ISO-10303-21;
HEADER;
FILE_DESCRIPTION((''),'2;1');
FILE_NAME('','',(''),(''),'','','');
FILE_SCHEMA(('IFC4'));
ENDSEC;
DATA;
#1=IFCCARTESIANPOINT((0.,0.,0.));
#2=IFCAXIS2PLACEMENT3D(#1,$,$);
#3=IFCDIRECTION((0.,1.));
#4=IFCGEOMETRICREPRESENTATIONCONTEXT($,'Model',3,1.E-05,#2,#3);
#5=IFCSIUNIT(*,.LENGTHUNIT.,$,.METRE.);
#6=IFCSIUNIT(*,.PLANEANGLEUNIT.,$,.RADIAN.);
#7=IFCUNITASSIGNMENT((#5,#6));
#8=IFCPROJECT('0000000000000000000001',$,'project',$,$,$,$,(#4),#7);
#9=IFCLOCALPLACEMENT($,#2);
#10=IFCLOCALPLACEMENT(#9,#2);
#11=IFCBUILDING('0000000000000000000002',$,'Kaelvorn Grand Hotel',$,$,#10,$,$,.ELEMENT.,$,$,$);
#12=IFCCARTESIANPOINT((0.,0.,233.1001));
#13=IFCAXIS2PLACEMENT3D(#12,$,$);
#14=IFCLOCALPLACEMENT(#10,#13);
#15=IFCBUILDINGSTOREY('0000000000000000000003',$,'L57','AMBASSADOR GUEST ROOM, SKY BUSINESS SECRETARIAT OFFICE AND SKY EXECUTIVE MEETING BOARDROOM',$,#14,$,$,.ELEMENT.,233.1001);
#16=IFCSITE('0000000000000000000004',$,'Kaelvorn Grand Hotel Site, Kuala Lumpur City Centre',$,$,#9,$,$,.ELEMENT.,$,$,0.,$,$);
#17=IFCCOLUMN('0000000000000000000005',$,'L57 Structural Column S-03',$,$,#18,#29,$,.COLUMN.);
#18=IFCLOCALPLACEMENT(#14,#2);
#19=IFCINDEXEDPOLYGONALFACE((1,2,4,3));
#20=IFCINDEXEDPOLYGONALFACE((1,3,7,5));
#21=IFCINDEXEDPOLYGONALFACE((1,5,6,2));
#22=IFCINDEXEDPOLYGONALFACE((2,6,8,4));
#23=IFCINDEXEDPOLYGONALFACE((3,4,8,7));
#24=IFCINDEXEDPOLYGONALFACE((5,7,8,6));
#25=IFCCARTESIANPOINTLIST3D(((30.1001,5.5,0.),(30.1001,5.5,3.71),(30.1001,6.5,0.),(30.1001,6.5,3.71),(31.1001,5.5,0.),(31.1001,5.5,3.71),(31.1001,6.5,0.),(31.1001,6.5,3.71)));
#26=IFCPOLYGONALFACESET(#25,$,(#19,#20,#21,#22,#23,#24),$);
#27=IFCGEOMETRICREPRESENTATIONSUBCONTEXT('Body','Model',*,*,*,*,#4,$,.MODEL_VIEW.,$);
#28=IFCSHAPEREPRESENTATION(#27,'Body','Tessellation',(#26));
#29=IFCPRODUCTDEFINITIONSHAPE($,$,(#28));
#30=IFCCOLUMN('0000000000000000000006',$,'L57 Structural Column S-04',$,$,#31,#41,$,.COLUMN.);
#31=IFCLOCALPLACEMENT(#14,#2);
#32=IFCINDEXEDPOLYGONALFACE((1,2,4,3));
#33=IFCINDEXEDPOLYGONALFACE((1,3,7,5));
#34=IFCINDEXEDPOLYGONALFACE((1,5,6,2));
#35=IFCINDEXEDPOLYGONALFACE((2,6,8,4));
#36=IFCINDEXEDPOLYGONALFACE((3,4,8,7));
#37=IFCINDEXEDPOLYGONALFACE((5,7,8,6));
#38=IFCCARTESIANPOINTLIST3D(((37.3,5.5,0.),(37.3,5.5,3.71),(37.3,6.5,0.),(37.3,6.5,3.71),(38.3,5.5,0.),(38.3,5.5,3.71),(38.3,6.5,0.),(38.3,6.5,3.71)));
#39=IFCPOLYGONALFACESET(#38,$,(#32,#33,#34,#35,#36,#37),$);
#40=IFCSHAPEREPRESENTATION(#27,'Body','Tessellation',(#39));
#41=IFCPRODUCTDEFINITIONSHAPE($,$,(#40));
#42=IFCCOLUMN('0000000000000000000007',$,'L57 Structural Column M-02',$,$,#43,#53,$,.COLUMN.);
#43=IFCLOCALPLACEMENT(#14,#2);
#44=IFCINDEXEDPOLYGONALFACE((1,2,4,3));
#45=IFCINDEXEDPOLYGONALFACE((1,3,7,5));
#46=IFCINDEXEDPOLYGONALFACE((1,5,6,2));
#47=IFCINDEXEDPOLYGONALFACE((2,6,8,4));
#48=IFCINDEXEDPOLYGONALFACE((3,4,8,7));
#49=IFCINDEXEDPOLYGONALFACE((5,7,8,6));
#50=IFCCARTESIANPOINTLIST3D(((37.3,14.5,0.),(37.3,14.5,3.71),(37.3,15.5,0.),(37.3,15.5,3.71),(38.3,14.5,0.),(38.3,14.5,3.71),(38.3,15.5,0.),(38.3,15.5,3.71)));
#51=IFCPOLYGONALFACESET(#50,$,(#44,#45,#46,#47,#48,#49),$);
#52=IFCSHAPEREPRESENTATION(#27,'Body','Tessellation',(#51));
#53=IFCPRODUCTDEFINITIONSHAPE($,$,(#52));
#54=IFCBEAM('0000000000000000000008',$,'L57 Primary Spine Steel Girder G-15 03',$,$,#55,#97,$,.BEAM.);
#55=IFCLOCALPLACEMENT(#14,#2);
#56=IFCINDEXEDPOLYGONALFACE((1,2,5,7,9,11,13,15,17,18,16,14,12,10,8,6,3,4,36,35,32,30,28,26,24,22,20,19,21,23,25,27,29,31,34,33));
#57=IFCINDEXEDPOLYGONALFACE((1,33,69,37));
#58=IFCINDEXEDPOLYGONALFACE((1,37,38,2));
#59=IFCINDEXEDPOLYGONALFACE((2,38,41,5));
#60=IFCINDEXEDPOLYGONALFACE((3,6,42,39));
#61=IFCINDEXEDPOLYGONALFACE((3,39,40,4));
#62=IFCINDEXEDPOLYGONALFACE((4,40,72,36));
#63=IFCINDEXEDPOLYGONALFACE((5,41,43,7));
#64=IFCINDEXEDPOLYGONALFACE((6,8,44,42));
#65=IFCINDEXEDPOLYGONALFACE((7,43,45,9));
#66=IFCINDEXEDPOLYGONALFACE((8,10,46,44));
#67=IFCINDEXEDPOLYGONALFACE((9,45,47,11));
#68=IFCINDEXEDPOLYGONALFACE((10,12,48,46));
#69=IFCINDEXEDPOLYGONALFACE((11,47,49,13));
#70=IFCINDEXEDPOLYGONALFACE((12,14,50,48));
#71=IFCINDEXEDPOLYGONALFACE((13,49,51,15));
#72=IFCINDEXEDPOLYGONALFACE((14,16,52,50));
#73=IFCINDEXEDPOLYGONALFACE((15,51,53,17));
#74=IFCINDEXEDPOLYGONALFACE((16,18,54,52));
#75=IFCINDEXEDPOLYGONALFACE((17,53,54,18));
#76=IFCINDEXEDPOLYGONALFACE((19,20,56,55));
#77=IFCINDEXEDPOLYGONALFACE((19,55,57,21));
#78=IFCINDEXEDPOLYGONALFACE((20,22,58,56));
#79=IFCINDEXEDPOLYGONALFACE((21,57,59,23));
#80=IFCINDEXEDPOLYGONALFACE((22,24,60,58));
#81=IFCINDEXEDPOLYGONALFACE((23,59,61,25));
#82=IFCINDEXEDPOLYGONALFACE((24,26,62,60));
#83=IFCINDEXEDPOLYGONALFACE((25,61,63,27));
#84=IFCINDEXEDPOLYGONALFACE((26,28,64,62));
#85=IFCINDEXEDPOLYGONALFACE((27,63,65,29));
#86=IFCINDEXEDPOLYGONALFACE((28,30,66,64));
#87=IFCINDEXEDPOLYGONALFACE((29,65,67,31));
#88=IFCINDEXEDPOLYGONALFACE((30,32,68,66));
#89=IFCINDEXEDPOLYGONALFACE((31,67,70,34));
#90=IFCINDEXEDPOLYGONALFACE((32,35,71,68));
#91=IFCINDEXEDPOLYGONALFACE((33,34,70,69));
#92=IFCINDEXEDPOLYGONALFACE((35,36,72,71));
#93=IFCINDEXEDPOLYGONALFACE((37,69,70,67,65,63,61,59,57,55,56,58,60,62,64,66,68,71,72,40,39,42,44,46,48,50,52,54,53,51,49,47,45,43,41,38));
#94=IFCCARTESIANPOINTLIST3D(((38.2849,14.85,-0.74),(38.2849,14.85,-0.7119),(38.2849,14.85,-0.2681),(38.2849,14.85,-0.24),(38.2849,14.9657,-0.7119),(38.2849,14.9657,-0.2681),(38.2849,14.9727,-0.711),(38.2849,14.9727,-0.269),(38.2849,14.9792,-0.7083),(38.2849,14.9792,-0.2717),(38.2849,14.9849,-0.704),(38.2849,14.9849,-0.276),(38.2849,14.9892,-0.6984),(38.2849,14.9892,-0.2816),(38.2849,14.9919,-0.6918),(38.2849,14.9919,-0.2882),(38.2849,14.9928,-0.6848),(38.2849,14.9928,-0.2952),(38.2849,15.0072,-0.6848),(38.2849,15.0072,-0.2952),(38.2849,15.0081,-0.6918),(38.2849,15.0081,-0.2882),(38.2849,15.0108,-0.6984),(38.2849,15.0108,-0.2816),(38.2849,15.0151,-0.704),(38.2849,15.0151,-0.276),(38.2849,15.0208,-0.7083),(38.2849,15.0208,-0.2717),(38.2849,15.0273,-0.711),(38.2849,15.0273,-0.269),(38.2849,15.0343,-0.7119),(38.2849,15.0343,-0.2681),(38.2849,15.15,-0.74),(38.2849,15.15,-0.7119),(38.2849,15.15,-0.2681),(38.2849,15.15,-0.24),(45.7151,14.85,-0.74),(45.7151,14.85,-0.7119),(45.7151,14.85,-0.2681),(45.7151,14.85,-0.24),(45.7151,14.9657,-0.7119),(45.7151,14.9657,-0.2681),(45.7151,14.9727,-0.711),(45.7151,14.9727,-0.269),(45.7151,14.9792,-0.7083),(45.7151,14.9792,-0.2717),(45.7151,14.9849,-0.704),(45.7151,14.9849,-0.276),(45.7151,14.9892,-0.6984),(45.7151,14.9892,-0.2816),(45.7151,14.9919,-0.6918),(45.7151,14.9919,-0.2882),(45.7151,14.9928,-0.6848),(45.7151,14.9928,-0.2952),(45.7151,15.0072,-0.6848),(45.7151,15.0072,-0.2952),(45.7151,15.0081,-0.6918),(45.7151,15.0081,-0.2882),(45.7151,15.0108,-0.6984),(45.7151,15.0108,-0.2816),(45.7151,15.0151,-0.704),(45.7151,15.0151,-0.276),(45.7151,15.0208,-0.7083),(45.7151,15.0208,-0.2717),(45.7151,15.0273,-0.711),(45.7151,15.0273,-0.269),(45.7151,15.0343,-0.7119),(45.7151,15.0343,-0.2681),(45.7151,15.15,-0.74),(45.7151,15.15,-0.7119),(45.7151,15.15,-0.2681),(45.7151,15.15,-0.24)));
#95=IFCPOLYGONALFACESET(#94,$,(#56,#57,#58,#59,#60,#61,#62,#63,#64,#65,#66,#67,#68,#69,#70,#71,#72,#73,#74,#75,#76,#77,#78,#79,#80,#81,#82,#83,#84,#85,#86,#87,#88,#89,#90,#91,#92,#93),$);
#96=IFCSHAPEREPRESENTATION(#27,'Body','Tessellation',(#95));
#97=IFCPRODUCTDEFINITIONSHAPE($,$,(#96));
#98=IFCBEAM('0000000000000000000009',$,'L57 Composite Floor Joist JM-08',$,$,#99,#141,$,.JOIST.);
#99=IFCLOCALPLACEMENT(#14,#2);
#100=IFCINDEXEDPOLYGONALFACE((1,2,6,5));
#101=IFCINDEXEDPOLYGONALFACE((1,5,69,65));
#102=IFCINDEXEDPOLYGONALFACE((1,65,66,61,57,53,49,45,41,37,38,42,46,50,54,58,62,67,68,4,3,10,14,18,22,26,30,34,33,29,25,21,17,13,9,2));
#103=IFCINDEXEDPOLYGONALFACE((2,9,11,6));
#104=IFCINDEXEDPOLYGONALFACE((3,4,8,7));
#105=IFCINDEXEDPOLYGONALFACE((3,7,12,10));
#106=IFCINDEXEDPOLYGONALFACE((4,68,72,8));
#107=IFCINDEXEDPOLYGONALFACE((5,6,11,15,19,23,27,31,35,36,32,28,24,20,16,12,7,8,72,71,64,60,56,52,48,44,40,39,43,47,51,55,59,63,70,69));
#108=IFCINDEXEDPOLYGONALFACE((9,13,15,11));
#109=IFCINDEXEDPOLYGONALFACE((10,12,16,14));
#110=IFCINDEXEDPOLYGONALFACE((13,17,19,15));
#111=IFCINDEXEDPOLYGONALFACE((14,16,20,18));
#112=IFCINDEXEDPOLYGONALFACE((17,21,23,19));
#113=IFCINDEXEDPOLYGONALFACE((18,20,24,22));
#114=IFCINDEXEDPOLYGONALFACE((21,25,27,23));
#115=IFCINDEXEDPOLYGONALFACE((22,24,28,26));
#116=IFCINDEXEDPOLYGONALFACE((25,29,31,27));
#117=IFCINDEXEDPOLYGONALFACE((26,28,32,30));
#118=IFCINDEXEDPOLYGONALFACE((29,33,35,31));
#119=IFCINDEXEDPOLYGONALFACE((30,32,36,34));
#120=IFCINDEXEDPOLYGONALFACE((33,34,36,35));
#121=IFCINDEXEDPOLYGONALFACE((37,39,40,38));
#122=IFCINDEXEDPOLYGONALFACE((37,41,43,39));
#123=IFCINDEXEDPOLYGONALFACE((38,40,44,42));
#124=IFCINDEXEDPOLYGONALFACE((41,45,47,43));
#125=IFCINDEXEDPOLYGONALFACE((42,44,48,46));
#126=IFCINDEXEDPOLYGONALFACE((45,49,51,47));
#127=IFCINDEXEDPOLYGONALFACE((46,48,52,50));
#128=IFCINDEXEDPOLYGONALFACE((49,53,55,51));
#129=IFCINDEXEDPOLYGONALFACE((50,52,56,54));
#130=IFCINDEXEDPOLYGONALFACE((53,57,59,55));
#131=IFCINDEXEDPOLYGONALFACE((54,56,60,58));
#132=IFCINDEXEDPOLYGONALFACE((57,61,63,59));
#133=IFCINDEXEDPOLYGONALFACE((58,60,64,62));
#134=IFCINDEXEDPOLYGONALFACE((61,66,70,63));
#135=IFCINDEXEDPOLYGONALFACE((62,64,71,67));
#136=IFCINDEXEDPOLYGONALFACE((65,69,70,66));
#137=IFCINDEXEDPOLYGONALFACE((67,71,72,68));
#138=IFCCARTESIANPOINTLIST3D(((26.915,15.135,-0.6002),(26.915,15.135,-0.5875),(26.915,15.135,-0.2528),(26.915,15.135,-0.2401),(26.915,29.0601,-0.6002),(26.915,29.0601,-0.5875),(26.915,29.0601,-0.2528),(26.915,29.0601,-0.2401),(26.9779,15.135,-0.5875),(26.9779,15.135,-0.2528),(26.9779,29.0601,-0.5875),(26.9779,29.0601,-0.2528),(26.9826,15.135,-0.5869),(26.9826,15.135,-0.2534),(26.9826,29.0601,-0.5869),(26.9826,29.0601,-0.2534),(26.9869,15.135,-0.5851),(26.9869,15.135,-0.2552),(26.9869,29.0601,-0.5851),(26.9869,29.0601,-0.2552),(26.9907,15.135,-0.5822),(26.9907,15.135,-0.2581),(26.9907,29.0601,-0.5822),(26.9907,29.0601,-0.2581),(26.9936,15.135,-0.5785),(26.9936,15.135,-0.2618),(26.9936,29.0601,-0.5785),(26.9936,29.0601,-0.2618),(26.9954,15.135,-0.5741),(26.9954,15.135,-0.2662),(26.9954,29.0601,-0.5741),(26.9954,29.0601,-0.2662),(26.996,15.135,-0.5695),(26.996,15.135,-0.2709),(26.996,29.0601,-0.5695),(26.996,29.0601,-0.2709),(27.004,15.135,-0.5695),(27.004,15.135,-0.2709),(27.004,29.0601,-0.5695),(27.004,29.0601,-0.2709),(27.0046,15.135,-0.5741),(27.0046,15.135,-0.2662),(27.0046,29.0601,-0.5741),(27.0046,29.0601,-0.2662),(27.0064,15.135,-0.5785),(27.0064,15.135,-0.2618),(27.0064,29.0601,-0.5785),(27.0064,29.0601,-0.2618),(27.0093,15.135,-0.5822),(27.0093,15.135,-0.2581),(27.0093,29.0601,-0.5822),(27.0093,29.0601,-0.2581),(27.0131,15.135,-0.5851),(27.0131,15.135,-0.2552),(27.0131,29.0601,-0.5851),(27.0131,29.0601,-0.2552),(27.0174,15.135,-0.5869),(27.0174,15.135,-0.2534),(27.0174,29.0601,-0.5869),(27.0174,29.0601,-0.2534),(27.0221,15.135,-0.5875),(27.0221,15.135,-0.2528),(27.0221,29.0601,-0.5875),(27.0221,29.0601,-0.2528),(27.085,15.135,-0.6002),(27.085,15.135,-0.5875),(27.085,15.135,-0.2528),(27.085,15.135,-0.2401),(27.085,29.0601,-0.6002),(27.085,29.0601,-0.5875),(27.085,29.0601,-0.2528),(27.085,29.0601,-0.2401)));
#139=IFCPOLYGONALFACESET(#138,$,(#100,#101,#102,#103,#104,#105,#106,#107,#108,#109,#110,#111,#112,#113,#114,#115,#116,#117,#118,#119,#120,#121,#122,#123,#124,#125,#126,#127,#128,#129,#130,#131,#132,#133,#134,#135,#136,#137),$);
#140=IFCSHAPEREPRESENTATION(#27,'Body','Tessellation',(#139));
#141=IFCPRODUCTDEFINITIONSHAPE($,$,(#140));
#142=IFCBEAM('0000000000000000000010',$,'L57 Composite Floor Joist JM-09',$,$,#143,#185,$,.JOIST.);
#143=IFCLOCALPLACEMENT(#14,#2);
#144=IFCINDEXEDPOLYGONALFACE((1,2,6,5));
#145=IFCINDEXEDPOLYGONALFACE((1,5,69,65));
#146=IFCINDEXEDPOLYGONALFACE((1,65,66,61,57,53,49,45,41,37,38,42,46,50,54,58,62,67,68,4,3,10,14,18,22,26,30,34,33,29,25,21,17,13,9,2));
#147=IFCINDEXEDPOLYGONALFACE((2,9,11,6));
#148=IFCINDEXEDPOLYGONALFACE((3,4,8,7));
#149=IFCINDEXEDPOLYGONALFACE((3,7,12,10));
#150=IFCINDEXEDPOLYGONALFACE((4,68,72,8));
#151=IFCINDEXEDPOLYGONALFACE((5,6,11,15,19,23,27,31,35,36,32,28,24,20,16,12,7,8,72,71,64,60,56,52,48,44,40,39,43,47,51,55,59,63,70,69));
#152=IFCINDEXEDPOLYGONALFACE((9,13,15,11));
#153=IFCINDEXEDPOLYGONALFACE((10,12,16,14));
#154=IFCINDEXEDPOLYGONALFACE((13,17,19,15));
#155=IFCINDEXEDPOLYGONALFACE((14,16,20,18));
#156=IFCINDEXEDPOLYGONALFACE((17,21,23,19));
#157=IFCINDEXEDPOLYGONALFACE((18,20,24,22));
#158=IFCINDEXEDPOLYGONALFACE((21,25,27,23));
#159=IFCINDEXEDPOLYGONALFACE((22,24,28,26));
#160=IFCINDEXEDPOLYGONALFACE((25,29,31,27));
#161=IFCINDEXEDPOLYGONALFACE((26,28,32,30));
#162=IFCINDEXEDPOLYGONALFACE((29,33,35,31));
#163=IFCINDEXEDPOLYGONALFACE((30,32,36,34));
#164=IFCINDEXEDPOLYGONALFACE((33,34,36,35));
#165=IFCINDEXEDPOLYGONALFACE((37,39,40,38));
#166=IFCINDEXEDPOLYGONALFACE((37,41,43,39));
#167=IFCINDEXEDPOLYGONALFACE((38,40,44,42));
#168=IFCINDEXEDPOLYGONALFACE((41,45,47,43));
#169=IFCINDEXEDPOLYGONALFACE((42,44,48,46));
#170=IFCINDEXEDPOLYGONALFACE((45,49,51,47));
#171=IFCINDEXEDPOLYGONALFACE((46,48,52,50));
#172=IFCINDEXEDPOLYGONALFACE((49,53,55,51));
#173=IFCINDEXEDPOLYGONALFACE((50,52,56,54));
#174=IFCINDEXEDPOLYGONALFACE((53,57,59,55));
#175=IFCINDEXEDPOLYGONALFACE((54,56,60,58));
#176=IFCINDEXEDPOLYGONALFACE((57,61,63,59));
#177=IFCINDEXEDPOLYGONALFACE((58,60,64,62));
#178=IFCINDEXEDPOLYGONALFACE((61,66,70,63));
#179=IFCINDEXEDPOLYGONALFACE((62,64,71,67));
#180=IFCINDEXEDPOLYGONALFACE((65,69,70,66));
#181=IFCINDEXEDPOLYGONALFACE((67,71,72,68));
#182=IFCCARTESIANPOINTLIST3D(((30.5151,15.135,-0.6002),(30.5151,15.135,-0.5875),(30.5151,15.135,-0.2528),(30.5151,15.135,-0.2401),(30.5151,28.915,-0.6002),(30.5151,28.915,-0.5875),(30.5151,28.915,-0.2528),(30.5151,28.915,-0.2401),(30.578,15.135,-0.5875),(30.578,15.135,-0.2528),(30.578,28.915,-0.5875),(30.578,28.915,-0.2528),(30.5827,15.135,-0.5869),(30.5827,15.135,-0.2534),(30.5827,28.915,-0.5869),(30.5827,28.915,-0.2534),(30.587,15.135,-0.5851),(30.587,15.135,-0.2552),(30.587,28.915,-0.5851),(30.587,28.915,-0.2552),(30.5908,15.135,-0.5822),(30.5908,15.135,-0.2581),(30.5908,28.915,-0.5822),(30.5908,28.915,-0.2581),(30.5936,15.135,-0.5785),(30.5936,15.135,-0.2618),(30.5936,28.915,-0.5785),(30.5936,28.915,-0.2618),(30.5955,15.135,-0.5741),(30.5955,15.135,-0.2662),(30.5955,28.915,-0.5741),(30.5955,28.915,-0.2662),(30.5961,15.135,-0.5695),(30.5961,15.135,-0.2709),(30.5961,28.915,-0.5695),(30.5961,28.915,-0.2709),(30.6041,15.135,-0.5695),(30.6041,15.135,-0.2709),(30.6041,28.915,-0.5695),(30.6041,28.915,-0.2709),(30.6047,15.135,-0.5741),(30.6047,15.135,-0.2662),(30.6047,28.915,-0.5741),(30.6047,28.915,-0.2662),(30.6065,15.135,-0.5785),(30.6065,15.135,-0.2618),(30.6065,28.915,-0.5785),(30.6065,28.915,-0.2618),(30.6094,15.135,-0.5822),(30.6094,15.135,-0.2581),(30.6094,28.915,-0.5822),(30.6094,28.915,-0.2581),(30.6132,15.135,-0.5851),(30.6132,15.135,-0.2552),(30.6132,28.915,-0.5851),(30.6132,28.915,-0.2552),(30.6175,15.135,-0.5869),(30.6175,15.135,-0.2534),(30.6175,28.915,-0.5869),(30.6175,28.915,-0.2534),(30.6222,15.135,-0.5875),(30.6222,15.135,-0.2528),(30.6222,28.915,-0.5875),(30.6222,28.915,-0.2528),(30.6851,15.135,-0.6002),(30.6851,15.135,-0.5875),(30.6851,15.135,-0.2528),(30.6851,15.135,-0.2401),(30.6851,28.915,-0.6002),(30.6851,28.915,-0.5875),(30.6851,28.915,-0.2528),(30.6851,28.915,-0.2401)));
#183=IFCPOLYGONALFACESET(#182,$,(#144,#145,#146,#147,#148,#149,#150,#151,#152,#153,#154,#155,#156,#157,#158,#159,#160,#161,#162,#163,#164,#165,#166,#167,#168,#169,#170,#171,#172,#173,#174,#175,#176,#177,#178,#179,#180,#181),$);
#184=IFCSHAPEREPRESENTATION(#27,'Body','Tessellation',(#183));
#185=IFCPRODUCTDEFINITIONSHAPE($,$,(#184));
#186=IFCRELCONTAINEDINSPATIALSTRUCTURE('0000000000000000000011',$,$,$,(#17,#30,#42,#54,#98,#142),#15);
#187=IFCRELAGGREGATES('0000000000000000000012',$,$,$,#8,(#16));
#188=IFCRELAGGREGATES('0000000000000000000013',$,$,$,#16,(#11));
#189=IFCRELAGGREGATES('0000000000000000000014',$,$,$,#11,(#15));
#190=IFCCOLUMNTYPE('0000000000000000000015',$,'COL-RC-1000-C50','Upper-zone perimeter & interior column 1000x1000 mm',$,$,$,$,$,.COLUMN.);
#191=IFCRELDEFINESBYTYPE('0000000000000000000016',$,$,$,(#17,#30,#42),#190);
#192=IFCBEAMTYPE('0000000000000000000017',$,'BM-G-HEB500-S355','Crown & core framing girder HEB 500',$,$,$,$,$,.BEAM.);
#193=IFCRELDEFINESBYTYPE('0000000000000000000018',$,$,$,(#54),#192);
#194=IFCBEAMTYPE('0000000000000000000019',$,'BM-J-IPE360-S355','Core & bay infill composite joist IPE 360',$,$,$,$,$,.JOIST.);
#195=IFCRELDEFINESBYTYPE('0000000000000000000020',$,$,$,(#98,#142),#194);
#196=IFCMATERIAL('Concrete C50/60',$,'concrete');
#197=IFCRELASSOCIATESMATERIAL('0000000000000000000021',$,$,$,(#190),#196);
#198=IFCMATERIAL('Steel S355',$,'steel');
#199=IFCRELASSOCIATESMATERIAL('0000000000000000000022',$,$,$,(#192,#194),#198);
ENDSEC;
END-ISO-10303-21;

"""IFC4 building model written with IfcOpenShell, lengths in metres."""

from ifc_helpers import new_model, si_unit, direction, frame, origin, origin_2d, place, context, subcontext, project, spatial, rectangle, i_section, extrude, material, material_profile, profile_set, type_object, element, save


model = new_model("IFC4")

# Units and contexts
model_context = context("Model", 3, precision=1e-05, world=origin(), true_north=direction((0.0, 1.0)))
body_context = subcontext(model_context, "Body", "Model", "MODEL_VIEW")
ifc_project = project(units=[si_unit("LENGTHUNIT", "METRE"), si_unit("PLANEANGLEUNIT", "RADIAN")], contexts=[model_context])

# Site, building, storey
site_placement = place(None, origin())
site = spatial("IfcSite", under=ifc_project, at=site_placement, Name="Kaelvorn Grand Hotel Site, Kuala Lumpur City Centre", CompositionType="ELEMENT", RefElevation=0.0)
building_placement = place(site_placement, origin())
building = spatial("IfcBuilding", under=site, at=building_placement, Name="Kaelvorn Grand Hotel", CompositionType="ELEMENT")
storey_placement = place(building_placement, frame((0.0, 0.0, 233.1001)))
storey = spatial("IfcBuildingStorey", under=building, at=storey_placement, Name="L57", Description="AMBASSADOR GUEST ROOM, SKY BUSINESS SECRETARIAT OFFICE AND SKY EXECUTIVE MEETING BOARDROOM", CompositionType="ELEMENT", Elevation=233.1001)

# Columns
ifc_material_1 = material(Name="Concrete C50/60", Category="concrete")
ifc_material_profile_1 = material_profile(ifc_material_1, rectangle(XDim=1.0, YDim=1.0, at=origin_2d()), Name="RC COL 1000x1000")
ifc_profile_set_1 = profile_set([ifc_material_profile_1], Name="Concrete C50/60")
column_type = type_object("IfcColumnType", Name="COL-RC-1000-C50", Description="Upper-zone perimeter & interior column 1000x1000 mm", PredefinedType="COLUMN", material=ifc_profile_set_1)
for number, where, z_axis, x_axis, name in (
    (1, (30.6001, 6.0, 0.0), (0.0, 0.0, 1.0), (1.0, 0.0, 0.0), "L57 Structural Column S-03"),
    (2, (37.8, 6.0, 0.0), (0.0, 0.0, 1.0), (1.0, 0.0, 0.0), "L57 Structural Column S-04"),
    (3, (37.8, 15.0, 0.0), (0.0, 0.0, 1.0), (1.0, 0.0, 0.0), "L57 Structural Column M-02"),
):
    element("IfcColumn", number, at=place(storey_placement, frame(where, z_axis=z_axis, x_axis=x_axis)), inside=storey, type_object=column_type, Name=name, PredefinedType="COLUMN", context=body_context, shape_type="SweptSolid", body=[
        extrude(rectangle(XDim=1.0, YDim=1.0, at=origin_2d()), origin(), (0.0, 0.0, 1.0), 3.71),
    ])

# Beams
ifc_material_2 = material(Name="Steel S355", Category="steel")
ifc_material_profile_2 = material_profile(ifc_material_2, i_section(OverallWidth=0.3, OverallDepth=0.5, WebThickness=0.0144, FlangeThickness=0.0281, FilletRadius=0.0271, at=origin_2d()), Name="HEB 500")
ifc_profile_set_2 = profile_set([ifc_material_profile_2], Name="Steel S355")
beam_type_1 = type_object("IfcBeamType", Name="BM-G-HEB500-S355", Description="Crown & core framing girder HEB 500", PredefinedType="BEAM", material=ifc_profile_set_2)
beam_1_placement = place(storey_placement, frame((38.2849, 15.0, -0.49), z_axis=(1.0, 0.0, 0.0), x_axis=(0.0, 1.0, 0.0)))
element("IfcBeam", 4, at=beam_1_placement, inside=storey, type_object=beam_type_1, Name="L57 Primary Spine Steel Girder G-15 03", PredefinedType="BEAM", context=body_context, shape_type="SweptSolid", body=[
    extrude(i_section(OverallWidth=0.3, OverallDepth=0.5, WebThickness=0.0144, FlangeThickness=0.0281, FilletRadius=0.0271, at=origin_2d()), origin(), (0.0, 0.0, 1.0), 7.4302),
])
ifc_material_profile_3 = material_profile(ifc_material_2, i_section(OverallWidth=0.1699, OverallDepth=0.3601, WebThickness=0.0081, FlangeThickness=0.0127, FilletRadius=0.0181, at=origin_2d()), Name="IPE 360")
ifc_profile_set_3 = profile_set([ifc_material_profile_3], Name="Steel S355")
beam_type_2 = type_object("IfcBeamType", Name="BM-J-IPE360-S355", Description="Core & bay infill composite joist IPE 360", PredefinedType="JOIST", material=ifc_profile_set_3)
beam_2_placement = place(storey_placement, frame((27.0, 15.135, -0.4202), z_axis=(0.0, 1.0, 0.0), x_axis=(-1.0, 0.0, 0.0)))
element("IfcBeam", 5, at=beam_2_placement, inside=storey, type_object=beam_type_2, Name="L57 Composite Floor Joist JM-08", PredefinedType="JOIST", context=body_context, shape_type="SweptSolid", body=[
    extrude(i_section(OverallWidth=0.1699, OverallDepth=0.3601, WebThickness=0.0081, FlangeThickness=0.0127, FilletRadius=0.0181, at=origin_2d()), origin(), (0.0, 0.0, 1.0), 13.925),
])
beam_3_placement = place(storey_placement, frame((30.6001, 15.135, -0.4202), z_axis=(0.0, 1.0, 0.0), x_axis=(-1.0, 0.0, 0.0)))
element("IfcBeam", 6, at=beam_3_placement, inside=storey, type_object=beam_type_2, Name="L57 Composite Floor Joist JM-09", PredefinedType="JOIST", context=body_context, shape_type="SweptSolid", body=[
    extrude(i_section(OverallWidth=0.1699, OverallDepth=0.3601, WebThickness=0.0081, FlangeThickness=0.0127, FilletRadius=0.0181, at=origin_2d()), origin(), (0.0, 0.0, 1.0), 13.78),
])

save(model, "model.ifc")
